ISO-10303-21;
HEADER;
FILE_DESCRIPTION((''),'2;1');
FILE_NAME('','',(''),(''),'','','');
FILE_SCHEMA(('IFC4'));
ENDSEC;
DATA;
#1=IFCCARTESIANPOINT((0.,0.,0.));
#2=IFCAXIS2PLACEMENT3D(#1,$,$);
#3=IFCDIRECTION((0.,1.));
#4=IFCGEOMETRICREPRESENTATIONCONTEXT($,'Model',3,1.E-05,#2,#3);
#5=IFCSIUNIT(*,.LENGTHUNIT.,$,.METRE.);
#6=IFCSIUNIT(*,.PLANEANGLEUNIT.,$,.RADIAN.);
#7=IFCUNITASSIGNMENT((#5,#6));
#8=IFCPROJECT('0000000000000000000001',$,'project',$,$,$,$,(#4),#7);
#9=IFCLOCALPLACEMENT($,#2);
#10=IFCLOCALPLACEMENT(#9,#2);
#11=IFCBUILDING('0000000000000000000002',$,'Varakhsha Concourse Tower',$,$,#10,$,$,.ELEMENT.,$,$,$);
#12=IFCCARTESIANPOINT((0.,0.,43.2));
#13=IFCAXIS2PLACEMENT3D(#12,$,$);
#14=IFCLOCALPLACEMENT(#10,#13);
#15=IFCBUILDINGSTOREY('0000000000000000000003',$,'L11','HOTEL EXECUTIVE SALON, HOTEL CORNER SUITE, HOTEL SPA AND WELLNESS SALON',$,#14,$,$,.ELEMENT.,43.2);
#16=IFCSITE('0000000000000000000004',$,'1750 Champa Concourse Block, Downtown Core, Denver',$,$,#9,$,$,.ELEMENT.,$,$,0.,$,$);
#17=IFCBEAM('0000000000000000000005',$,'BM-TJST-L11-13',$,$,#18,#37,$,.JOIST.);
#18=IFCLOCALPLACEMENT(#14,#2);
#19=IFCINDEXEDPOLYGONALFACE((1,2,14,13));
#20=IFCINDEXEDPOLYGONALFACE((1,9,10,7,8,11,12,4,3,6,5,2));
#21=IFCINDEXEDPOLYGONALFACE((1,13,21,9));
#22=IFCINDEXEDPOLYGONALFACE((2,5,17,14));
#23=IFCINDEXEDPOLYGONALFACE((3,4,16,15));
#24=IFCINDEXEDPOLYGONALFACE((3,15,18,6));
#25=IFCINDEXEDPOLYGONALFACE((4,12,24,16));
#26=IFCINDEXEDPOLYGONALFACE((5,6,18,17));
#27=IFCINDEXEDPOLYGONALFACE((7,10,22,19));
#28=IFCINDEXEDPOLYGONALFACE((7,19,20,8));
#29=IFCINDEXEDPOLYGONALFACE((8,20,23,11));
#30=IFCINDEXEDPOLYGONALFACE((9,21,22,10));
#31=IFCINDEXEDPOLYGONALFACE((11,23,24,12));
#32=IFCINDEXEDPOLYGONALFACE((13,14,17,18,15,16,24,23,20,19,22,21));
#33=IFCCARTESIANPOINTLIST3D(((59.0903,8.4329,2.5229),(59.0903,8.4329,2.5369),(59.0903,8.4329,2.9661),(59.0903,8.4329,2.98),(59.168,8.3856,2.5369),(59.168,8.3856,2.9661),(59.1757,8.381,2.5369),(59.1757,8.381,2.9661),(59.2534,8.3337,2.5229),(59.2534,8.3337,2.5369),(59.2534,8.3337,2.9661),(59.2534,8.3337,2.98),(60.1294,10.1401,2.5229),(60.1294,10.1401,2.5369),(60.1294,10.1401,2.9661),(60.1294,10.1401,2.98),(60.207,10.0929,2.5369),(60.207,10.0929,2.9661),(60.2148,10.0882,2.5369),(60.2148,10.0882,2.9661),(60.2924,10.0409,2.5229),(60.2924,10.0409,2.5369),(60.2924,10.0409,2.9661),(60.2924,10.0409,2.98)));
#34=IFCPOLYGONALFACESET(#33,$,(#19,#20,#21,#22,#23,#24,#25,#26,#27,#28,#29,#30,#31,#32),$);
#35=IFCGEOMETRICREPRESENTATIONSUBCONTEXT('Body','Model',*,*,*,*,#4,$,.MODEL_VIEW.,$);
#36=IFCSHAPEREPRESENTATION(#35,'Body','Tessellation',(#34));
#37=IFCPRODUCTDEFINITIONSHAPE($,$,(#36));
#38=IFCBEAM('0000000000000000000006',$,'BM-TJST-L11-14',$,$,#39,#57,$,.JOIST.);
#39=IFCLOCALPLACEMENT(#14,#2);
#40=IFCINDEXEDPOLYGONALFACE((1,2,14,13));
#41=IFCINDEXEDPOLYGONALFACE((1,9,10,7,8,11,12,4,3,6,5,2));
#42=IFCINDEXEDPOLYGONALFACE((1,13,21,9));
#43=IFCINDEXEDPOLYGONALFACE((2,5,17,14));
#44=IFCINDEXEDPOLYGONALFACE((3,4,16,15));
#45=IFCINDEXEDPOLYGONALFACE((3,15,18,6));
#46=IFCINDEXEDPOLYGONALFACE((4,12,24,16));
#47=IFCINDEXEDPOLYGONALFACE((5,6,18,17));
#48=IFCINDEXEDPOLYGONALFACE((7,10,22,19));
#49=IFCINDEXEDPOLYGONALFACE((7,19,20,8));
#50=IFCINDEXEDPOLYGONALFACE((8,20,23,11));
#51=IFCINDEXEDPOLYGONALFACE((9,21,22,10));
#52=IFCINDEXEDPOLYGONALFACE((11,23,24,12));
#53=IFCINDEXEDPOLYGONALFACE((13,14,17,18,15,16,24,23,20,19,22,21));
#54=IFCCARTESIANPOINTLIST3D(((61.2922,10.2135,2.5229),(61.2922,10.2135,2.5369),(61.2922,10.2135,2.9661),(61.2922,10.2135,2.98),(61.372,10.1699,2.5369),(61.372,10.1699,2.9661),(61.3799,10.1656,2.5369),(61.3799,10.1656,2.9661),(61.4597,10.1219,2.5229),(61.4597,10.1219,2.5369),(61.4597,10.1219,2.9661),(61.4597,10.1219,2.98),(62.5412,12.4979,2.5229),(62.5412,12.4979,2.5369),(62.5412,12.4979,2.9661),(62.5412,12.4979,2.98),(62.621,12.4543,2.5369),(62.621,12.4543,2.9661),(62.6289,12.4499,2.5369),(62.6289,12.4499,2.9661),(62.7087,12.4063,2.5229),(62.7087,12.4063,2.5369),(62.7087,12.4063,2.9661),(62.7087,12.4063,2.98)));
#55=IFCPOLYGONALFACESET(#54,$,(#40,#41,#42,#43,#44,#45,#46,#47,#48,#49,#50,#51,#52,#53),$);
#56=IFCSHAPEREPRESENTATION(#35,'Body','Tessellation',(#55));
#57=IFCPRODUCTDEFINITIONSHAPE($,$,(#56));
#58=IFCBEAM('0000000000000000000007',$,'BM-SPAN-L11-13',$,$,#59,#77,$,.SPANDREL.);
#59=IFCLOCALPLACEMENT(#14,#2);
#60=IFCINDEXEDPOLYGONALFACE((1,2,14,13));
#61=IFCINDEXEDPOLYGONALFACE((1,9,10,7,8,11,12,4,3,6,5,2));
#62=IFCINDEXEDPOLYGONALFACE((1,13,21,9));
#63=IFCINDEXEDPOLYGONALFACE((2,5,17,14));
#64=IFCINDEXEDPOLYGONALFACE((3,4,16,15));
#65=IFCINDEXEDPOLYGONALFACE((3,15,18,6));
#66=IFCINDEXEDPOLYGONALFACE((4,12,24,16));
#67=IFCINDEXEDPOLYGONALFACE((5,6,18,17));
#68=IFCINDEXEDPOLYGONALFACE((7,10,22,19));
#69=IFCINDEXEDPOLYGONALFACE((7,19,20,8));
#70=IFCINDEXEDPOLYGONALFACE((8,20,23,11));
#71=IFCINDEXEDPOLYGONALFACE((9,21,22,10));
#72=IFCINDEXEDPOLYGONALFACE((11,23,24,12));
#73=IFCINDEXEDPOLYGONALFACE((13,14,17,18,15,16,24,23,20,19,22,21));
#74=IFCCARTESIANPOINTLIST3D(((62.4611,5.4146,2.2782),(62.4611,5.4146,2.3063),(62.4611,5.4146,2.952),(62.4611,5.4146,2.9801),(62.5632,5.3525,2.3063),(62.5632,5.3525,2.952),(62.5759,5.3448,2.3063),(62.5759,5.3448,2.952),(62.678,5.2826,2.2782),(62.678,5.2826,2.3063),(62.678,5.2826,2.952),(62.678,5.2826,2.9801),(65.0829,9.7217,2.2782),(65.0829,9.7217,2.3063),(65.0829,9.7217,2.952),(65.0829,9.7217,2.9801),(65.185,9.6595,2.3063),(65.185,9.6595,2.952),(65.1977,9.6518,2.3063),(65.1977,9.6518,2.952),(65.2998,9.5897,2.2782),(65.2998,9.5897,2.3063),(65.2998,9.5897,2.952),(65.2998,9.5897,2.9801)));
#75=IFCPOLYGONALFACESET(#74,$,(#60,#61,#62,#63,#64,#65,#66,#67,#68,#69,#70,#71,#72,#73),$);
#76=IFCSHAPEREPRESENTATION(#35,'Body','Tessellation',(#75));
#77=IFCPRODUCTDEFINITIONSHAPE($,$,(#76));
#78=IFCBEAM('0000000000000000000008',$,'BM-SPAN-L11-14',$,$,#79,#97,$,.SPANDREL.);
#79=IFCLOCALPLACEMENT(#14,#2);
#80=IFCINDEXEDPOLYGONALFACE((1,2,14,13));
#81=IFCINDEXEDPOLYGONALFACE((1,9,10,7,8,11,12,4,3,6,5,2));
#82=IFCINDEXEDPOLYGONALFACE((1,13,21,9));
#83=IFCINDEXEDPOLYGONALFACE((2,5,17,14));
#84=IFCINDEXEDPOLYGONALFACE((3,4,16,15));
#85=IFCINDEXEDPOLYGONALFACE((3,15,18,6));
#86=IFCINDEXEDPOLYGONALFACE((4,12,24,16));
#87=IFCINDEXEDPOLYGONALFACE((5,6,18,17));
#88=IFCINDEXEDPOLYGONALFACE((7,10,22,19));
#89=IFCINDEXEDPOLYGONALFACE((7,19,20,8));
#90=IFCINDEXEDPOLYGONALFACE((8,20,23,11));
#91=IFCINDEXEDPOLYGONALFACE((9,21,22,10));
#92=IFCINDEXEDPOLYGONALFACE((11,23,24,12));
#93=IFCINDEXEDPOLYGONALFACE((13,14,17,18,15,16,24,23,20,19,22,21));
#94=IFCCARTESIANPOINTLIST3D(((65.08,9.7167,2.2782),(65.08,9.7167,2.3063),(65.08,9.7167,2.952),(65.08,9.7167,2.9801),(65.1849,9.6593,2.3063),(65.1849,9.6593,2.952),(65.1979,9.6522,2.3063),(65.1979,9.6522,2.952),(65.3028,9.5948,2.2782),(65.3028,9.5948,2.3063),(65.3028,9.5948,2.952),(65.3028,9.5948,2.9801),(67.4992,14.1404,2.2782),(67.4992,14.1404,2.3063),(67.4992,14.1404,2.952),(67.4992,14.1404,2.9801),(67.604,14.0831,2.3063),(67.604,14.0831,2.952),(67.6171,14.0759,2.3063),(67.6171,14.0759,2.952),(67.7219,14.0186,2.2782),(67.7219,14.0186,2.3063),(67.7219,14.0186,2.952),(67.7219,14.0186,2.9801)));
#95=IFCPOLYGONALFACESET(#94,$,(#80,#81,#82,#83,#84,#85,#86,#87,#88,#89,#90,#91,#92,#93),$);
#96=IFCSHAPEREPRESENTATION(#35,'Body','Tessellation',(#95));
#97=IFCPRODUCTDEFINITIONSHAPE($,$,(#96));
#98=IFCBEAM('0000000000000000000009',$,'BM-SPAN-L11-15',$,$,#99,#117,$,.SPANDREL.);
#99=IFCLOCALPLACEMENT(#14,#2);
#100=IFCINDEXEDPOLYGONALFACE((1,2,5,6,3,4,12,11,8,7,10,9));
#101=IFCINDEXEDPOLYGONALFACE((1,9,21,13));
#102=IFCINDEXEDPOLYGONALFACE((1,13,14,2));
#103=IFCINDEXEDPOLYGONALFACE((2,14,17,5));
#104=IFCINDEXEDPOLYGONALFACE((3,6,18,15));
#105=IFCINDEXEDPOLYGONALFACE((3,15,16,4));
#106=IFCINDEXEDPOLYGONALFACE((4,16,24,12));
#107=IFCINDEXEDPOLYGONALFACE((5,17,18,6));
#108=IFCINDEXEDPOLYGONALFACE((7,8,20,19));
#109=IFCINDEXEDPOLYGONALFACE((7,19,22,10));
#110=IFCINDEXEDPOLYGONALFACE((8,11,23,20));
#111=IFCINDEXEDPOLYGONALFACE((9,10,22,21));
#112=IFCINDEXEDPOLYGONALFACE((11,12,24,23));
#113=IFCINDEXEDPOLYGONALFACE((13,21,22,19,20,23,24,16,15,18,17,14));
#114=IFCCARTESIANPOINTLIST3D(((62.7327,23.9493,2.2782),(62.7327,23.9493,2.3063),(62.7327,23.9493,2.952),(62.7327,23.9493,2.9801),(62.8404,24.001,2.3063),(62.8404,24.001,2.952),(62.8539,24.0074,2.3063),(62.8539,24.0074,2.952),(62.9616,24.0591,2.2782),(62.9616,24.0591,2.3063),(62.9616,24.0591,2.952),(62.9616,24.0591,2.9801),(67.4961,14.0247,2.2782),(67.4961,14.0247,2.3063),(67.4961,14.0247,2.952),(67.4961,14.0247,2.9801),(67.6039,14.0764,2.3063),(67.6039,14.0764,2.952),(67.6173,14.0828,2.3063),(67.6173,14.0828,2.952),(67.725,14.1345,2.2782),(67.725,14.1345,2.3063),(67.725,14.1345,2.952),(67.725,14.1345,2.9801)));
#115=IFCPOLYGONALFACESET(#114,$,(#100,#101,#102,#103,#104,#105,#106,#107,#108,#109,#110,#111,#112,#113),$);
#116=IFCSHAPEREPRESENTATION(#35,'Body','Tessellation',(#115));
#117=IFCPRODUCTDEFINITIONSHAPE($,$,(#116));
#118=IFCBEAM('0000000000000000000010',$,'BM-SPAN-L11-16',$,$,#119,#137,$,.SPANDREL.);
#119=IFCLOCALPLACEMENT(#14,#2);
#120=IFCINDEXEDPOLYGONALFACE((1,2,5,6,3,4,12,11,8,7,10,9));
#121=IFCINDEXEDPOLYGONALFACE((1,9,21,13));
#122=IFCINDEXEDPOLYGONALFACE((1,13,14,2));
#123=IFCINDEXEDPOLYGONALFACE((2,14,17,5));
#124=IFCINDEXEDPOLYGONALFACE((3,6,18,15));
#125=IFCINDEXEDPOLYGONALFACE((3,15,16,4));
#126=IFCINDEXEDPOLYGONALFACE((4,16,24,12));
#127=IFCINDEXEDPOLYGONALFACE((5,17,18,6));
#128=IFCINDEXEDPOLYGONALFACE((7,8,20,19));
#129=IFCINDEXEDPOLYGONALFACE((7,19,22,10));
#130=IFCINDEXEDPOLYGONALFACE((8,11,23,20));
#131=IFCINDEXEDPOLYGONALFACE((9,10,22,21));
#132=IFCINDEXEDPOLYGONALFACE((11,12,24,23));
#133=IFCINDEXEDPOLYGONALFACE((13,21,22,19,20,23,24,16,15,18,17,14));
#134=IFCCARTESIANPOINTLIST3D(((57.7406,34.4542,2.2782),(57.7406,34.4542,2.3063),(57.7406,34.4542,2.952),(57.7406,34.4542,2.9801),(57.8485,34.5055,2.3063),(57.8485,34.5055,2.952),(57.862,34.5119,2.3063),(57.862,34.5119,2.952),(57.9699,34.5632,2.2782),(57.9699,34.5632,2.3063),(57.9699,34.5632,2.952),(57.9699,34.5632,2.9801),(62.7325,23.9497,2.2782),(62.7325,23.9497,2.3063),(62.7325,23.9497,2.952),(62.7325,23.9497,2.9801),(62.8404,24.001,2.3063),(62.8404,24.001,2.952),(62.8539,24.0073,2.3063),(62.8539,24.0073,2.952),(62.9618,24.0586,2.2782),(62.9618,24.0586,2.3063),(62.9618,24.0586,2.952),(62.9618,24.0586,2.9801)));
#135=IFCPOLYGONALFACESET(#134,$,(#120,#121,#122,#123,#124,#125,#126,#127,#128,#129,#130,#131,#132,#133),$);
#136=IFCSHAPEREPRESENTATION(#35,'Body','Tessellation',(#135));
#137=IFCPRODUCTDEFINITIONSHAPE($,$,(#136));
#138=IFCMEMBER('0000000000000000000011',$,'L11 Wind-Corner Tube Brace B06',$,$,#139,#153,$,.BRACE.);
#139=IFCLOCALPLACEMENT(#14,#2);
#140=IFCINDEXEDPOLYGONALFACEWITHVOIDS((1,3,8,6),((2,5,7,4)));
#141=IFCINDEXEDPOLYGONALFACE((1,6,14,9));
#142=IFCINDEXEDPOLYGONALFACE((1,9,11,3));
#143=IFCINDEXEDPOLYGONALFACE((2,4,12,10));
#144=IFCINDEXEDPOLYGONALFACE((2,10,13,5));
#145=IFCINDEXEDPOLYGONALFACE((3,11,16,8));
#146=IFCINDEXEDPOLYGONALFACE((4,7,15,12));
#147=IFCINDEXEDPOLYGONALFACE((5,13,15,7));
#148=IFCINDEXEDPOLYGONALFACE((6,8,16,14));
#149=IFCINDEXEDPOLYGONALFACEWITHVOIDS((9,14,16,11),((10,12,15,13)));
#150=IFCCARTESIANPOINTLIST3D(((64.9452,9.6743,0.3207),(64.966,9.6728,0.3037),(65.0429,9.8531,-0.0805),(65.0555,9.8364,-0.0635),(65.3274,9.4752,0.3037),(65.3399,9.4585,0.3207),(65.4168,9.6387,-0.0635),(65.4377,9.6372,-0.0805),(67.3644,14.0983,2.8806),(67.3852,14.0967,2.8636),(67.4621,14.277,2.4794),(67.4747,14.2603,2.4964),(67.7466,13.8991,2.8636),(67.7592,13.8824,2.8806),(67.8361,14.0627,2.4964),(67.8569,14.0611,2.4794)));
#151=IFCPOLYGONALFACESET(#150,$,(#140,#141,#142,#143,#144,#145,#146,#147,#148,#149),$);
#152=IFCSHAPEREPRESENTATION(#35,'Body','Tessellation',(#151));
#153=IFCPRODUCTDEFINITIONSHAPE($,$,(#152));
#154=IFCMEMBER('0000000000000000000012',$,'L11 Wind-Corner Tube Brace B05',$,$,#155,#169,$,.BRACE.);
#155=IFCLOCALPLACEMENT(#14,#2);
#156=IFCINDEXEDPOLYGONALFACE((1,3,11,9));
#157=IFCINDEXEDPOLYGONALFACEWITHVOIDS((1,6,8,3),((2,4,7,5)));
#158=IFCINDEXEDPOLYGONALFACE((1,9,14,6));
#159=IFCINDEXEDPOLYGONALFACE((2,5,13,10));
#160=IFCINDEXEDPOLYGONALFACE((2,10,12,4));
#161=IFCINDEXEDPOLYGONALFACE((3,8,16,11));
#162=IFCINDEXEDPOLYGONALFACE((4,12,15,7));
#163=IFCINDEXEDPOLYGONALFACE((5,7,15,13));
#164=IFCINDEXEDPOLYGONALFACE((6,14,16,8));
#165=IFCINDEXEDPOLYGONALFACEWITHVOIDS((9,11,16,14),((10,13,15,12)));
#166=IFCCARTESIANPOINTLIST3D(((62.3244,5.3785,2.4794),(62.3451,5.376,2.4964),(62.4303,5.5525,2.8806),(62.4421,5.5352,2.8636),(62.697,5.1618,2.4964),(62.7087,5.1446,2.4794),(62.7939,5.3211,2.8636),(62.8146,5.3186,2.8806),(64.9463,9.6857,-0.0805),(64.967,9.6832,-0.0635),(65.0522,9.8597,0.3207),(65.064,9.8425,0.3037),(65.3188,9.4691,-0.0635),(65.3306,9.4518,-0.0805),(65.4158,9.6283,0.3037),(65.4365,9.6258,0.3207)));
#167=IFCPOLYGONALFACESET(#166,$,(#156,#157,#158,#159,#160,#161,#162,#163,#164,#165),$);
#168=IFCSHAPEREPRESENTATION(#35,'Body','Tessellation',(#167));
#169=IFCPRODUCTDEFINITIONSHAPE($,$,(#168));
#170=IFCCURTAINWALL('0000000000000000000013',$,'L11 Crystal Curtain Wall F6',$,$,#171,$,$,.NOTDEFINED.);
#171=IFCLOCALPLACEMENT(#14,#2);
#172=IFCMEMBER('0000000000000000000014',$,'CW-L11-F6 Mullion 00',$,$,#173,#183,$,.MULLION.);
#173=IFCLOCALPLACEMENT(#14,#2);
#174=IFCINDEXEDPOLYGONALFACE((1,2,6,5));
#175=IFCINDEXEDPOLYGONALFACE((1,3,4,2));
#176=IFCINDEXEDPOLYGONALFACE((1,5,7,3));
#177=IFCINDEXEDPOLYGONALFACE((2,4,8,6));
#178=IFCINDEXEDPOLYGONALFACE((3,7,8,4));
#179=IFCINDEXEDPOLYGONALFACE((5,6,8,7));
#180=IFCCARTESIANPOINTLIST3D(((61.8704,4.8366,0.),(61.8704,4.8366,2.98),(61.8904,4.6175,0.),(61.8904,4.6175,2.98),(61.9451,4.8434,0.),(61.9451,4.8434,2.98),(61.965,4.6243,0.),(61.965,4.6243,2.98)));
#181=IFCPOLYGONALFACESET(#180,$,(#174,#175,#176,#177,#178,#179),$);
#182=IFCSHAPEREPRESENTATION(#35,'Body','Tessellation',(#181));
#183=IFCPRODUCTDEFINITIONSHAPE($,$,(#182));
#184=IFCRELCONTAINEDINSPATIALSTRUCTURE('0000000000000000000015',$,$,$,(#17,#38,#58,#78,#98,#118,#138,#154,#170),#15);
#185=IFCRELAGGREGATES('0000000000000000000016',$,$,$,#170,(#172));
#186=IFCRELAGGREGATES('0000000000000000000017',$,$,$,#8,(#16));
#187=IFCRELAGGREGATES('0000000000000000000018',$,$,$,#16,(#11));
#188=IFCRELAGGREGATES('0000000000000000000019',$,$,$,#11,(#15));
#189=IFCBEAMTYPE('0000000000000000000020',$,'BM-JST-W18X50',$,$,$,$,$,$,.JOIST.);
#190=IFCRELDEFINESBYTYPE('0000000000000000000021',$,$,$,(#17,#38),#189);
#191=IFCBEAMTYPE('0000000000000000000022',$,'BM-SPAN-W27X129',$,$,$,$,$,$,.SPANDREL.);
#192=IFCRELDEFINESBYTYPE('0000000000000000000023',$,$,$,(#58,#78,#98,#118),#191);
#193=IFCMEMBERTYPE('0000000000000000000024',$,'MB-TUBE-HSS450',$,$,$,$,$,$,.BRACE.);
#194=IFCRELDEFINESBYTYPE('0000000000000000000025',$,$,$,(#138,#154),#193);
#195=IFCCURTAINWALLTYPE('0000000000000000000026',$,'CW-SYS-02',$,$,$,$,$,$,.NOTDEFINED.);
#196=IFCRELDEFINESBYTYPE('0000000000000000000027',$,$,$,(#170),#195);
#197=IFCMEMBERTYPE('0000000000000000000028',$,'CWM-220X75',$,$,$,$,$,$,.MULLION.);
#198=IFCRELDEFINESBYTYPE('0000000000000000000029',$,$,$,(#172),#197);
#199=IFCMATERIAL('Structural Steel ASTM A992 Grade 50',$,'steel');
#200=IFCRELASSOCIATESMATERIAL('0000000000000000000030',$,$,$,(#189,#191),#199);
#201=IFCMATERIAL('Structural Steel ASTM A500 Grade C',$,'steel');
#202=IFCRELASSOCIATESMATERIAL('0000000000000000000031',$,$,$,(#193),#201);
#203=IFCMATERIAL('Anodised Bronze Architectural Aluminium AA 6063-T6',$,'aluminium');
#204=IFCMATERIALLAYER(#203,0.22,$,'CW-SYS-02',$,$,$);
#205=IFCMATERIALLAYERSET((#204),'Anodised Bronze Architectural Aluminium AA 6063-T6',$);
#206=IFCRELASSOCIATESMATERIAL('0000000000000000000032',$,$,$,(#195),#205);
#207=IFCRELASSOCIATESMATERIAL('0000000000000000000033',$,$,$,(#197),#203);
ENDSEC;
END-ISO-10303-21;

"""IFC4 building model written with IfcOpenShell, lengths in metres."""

from ifc_helpers import new_model, si_unit, direction, frame, origin, origin_2d, place, context, subcontext, project, spatial, rectangle, hollow_rectangle, i_section, extrude, source, transform, mapped, material, layer, layer_set, material_profile, profile_set, type_object, type_shapes, element, aggregate, save


model = new_model("IFC4")

# Units and contexts
model_context = context("Model", 3, precision=1e-05, world=origin(), true_north=direction((0.0, 1.0)))
body_context = subcontext(model_context, "Body", "Model", "MODEL_VIEW")
ifc_project = project(units=[si_unit("LENGTHUNIT", "METRE"), si_unit("PLANEANGLEUNIT", "RADIAN")], contexts=[model_context])

# Site, building, storey
site_placement = place(None, origin())
site = spatial("IfcSite", under=ifc_project, at=site_placement, Name="1750 Champa Concourse Block, Downtown Core, Denver", CompositionType="ELEMENT", RefElevation=0.0)
building_placement = place(site_placement, origin())
building = spatial("IfcBuilding", under=site, at=building_placement, Name="Varakhsha Concourse Tower", CompositionType="ELEMENT")
storey_placement = place(building_placement, frame((0.0, 0.0, 43.2)))
storey = spatial("IfcBuildingStorey", under=building, at=storey_placement, Name="L11", Description="HOTEL EXECUTIVE SALON, HOTEL CORNER SUITE, HOTEL SPA AND WELLNESS SALON", CompositionType="ELEMENT", Elevation=43.2)

# Shared definitions
ifc_material_1 = material(Name="Structural Steel ASTM A992 Grade 50", Category="steel")

# Beams
ifc_material_profile_1 = material_profile(ifc_material_1, i_section(OverallWidth=0.1909, OverallDepth=0.457, WebThickness=0.009, FlangeThickness=0.0139, at=origin_2d()), Name="W18X50")
ifc_profile_set_1 = profile_set([ifc_material_profile_1], Name="Structural Steel ASTM A992 Grade 50")
beam_type_1 = type_object("IfcBeamType", Name="BM-JST-W18X50", PredefinedType="JOIST", material=ifc_profile_set_1)
beam_1_placement = place(storey_placement, frame((59.1719, 8.3833, 2.7515), z_axis=(0.519893, 0.854232, 0.0), x_axis=(-0.854232, 0.519893, 0.0)))
element("IfcBeam", 1, at=beam_1_placement, inside=storey, type_object=beam_type_1, Name="BM-TJST-L11-13", PredefinedType="JOIST", context=body_context, shape_type="SweptSolid", body=[
    extrude(i_section(OverallWidth=0.1909, OverallDepth=0.457, WebThickness=0.009, FlangeThickness=0.0139, at=origin_2d()), origin(), (0.0, 0.0, 1.0), 1.9985),
])
beam_2_placement = place(storey_placement, frame((61.376, 10.1677, 2.7515), z_axis=(0.479732, 0.877415, 0.0), x_axis=(-0.877415, 0.479732, 0.0)))
element("IfcBeam", 2, at=beam_2_placement, inside=storey, type_object=beam_type_1, Name="BM-TJST-L11-14", PredefinedType="JOIST", context=body_context, shape_type="SweptSolid", body=[
    extrude(i_section(OverallWidth=0.1909, OverallDepth=0.457, WebThickness=0.009, FlangeThickness=0.0139, at=origin_2d()), origin(), (0.0, 0.0, 1.0), 2.6035),
])
ifc_material_profile_2 = material_profile(ifc_material_1, i_section(OverallWidth=0.2539, OverallDepth=0.7019, WebThickness=0.0149, FlangeThickness=0.0281, at=origin_2d()), Name="W27X129")
ifc_profile_set_2 = profile_set([ifc_material_profile_2], Name="Structural Steel ASTM A992 Grade 50")
beam_type_2 = type_object("IfcBeamType", Name="BM-SPAN-W27X129", PredefinedType="SPANDREL", material=ifc_profile_set_2)
beam_3_placement = place(storey_placement, frame((62.5696, 5.3486, 2.6292), z_axis=(0.519961, 0.85419, 0.0), x_axis=(-0.85419, 0.519961, 0.0)))
element("IfcBeam", 3, at=beam_3_placement, inside=storey, type_object=beam_type_2, Name="BM-SPAN-L11-13", PredefinedType="SPANDREL", context=body_context, shape_type="SweptSolid", body=[
    extrude(i_section(OverallWidth=0.2539, OverallDepth=0.7019, WebThickness=0.0149, FlangeThickness=0.0281, at=origin_2d()), origin(), (0.0, 0.0, 1.0), 5.0422),
])
beam_4_placement = place(storey_placement, frame((65.1914, 9.6558, 2.6292), z_axis=(0.479798, 0.877379, 0.0), x_axis=(-0.877379, 0.479798, 0.0)))
element("IfcBeam", 4, at=beam_4_placement, inside=storey, type_object=beam_type_2, Name="BM-SPAN-L11-14", PredefinedType="SPANDREL", context=body_context, shape_type="SweptSolid", body=[
    extrude(i_section(OverallWidth=0.2539, OverallDepth=0.7019, WebThickness=0.0149, FlangeThickness=0.0281, at=origin_2d()), origin(), (0.0, 0.0, 1.0), 5.042),
])
beam_5_placement = place(storey_placement, frame((67.6106, 14.0796, 2.6292), z_axis=(-0.432704, 0.901536, 0.0), x_axis=(-0.901536, -0.432704, 0.0)))
element("IfcBeam", 5, at=beam_5_placement, inside=storey, type_object=beam_type_2, Name="BM-SPAN-L11-15", PredefinedType="SPANDREL", context=body_context, shape_type="SweptSolid", body=[
    extrude(i_section(OverallWidth=0.2539, OverallDepth=0.7019, WebThickness=0.0149, FlangeThickness=0.0281, at=origin_2d()), origin(), (0.0, 0.0, 1.0), 11.0085),
])
beam_6_placement = place(storey_placement, frame((62.8472, 24.0042, 2.6292), z_axis=(-0.429214, 0.903203, 0.0), x_axis=(-0.903203, -0.429214, 0.0)))
element("IfcBeam", 6, at=beam_6_placement, inside=storey, type_object=beam_type_2, Name="BM-SPAN-L11-16", PredefinedType="SPANDREL", context=body_context, shape_type="SweptSolid", body=[
    extrude(i_section(OverallWidth=0.2539, OverallDepth=0.7019, WebThickness=0.0149, FlangeThickness=0.0281, at=origin_2d()), origin(), (0.0, 0.0, 1.0), 11.6304),
])

# Members
ifc_material_2 = material(Name="Structural Steel ASTM A500 Grade C", Category="steel")
ifc_material_profile_3 = material_profile(ifc_material_2, hollow_rectangle(XDim=0.45, YDim=0.45, WallThickness=0.019, at=origin_2d()), Name="HSS 450x450x19")
ifc_profile_set_3 = profile_set([ifc_material_profile_3], Name="Structural Steel ASTM A500 Grade C")
member_type_1 = type_object("IfcMemberType", Name="MB-TUBE-HSS450", PredefinedType="BRACE", material=ifc_profile_set_3)
shared_shape_1 = source(origin(), body_context, "Body", "SweptSolid", [
    extrude(hollow_rectangle(XDim=0.45, YDim=0.45, WallThickness=0.019, at=origin_2d()), origin(), (0.0, 0.0, 1.0), 5.6548),
])
member_1_placement = place(storey_placement, frame((65.1914, 9.6558, 0.1201), z_axis=(0.427821, 0.782331, 0.45269), x_axis=(-0.877379, 0.479798, 0.0)))
element("IfcMember", 7, at=member_1_placement, inside=storey, type_object=member_type_1, Name="L11 Wind-Corner Tube Brace B06", PredefinedType="BRACE", context=body_context, shape_type="MappedRepresentation", body=[
    mapped(shared_shape_1, transform((0.0, 0.0, 0.0), scale=1.0)),
])
shared_shape_2 = source(origin(), body_context, "Body", "SweptSolid", [
    extrude(hollow_rectangle(XDim=0.45, YDim=0.45, WallThickness=0.019, at=origin_2d()), origin(), (0.0, 0.0, 1.0), 5.655),
])
type_shapes(member_type_1, [shared_shape_1, shared_shape_2])
member_2_placement = place(storey_placement, frame((65.1914, 9.6558, 0.1201), z_axis=(-0.463637, -0.761662, 0.452671), x_axis=(0.85419, -0.519961, 0.0)))
element("IfcMember", 8, at=member_2_placement, inside=storey, type_object=member_type_1, Name="L11 Wind-Corner Tube Brace B05", PredefinedType="BRACE", context=body_context, shape_type="MappedRepresentation", body=[
    mapped(shared_shape_2, transform((0.0, 0.0, 0.0), scale=1.0)),
])

# Curtain wall, member
ifc_material_3 = material(Name="Anodised Bronze Architectural Aluminium AA 6063-T6", Category="aluminium")
ifc_layer_1 = layer(ifc_material_3, 0.22, Name="CW-SYS-02")
ifc_layer_set_1 = layer_set([ifc_layer_1], Name="Anodised Bronze Architectural Aluminium AA 6063-T6")
curtain_wall_type = type_object("IfcCurtainWallType", Name="CW-SYS-02", PredefinedType="NOTDEFINED", material=ifc_layer_set_1)
curtain_wall_1_placement = place(storey_placement, origin())
curtain_wall_1 = element("IfcCurtainWall", 9, at=curtain_wall_1_placement, inside=storey, type_object=curtain_wall_type, Name="L11 Crystal Curtain Wall F6", PredefinedType="NOTDEFINED")
ifc_material_profile_4 = material_profile(ifc_material_3, rectangle(XDim=0.075, YDim=0.22, at=origin_2d()), Name="CWM-220X75")
ifc_profile_set_4 = profile_set([ifc_material_profile_4], Name="Anodised Bronze Architectural Aluminium AA 6063-T6")
member_type_2 = type_object("IfcMemberType", Name="CWM-220X75", PredefinedType="MULLION", material=ifc_profile_set_4)
shared_shape_3 = source(origin(), body_context, "Body", "SweptSolid", [
    extrude(rectangle(XDim=0.075, YDim=0.22, at=origin_2d()), origin(), (0.0, 0.0, 1.0), 2.98),
])
type_shapes(member_type_2, [shared_shape_3])
member_3_placement = place(storey_placement, frame((61.9177, 4.7305, 0.0), z_axis=(0.0, 0.0, 1.0), x_axis=(-0.995866, -0.090834, 0.0)))
member_3 = element("IfcMember", 10, at=member_3_placement, type_object=member_type_2, Name="CW-L11-F6 Mullion 00", PredefinedType="MULLION", context=body_context, shape_type="MappedRepresentation", body=[
    mapped(shared_shape_3, transform((0.0, 0.0, 0.0), scale=1.0)),
])

aggregate(curtain_wall_1, [member_3])

save(model, "model.ifc")
